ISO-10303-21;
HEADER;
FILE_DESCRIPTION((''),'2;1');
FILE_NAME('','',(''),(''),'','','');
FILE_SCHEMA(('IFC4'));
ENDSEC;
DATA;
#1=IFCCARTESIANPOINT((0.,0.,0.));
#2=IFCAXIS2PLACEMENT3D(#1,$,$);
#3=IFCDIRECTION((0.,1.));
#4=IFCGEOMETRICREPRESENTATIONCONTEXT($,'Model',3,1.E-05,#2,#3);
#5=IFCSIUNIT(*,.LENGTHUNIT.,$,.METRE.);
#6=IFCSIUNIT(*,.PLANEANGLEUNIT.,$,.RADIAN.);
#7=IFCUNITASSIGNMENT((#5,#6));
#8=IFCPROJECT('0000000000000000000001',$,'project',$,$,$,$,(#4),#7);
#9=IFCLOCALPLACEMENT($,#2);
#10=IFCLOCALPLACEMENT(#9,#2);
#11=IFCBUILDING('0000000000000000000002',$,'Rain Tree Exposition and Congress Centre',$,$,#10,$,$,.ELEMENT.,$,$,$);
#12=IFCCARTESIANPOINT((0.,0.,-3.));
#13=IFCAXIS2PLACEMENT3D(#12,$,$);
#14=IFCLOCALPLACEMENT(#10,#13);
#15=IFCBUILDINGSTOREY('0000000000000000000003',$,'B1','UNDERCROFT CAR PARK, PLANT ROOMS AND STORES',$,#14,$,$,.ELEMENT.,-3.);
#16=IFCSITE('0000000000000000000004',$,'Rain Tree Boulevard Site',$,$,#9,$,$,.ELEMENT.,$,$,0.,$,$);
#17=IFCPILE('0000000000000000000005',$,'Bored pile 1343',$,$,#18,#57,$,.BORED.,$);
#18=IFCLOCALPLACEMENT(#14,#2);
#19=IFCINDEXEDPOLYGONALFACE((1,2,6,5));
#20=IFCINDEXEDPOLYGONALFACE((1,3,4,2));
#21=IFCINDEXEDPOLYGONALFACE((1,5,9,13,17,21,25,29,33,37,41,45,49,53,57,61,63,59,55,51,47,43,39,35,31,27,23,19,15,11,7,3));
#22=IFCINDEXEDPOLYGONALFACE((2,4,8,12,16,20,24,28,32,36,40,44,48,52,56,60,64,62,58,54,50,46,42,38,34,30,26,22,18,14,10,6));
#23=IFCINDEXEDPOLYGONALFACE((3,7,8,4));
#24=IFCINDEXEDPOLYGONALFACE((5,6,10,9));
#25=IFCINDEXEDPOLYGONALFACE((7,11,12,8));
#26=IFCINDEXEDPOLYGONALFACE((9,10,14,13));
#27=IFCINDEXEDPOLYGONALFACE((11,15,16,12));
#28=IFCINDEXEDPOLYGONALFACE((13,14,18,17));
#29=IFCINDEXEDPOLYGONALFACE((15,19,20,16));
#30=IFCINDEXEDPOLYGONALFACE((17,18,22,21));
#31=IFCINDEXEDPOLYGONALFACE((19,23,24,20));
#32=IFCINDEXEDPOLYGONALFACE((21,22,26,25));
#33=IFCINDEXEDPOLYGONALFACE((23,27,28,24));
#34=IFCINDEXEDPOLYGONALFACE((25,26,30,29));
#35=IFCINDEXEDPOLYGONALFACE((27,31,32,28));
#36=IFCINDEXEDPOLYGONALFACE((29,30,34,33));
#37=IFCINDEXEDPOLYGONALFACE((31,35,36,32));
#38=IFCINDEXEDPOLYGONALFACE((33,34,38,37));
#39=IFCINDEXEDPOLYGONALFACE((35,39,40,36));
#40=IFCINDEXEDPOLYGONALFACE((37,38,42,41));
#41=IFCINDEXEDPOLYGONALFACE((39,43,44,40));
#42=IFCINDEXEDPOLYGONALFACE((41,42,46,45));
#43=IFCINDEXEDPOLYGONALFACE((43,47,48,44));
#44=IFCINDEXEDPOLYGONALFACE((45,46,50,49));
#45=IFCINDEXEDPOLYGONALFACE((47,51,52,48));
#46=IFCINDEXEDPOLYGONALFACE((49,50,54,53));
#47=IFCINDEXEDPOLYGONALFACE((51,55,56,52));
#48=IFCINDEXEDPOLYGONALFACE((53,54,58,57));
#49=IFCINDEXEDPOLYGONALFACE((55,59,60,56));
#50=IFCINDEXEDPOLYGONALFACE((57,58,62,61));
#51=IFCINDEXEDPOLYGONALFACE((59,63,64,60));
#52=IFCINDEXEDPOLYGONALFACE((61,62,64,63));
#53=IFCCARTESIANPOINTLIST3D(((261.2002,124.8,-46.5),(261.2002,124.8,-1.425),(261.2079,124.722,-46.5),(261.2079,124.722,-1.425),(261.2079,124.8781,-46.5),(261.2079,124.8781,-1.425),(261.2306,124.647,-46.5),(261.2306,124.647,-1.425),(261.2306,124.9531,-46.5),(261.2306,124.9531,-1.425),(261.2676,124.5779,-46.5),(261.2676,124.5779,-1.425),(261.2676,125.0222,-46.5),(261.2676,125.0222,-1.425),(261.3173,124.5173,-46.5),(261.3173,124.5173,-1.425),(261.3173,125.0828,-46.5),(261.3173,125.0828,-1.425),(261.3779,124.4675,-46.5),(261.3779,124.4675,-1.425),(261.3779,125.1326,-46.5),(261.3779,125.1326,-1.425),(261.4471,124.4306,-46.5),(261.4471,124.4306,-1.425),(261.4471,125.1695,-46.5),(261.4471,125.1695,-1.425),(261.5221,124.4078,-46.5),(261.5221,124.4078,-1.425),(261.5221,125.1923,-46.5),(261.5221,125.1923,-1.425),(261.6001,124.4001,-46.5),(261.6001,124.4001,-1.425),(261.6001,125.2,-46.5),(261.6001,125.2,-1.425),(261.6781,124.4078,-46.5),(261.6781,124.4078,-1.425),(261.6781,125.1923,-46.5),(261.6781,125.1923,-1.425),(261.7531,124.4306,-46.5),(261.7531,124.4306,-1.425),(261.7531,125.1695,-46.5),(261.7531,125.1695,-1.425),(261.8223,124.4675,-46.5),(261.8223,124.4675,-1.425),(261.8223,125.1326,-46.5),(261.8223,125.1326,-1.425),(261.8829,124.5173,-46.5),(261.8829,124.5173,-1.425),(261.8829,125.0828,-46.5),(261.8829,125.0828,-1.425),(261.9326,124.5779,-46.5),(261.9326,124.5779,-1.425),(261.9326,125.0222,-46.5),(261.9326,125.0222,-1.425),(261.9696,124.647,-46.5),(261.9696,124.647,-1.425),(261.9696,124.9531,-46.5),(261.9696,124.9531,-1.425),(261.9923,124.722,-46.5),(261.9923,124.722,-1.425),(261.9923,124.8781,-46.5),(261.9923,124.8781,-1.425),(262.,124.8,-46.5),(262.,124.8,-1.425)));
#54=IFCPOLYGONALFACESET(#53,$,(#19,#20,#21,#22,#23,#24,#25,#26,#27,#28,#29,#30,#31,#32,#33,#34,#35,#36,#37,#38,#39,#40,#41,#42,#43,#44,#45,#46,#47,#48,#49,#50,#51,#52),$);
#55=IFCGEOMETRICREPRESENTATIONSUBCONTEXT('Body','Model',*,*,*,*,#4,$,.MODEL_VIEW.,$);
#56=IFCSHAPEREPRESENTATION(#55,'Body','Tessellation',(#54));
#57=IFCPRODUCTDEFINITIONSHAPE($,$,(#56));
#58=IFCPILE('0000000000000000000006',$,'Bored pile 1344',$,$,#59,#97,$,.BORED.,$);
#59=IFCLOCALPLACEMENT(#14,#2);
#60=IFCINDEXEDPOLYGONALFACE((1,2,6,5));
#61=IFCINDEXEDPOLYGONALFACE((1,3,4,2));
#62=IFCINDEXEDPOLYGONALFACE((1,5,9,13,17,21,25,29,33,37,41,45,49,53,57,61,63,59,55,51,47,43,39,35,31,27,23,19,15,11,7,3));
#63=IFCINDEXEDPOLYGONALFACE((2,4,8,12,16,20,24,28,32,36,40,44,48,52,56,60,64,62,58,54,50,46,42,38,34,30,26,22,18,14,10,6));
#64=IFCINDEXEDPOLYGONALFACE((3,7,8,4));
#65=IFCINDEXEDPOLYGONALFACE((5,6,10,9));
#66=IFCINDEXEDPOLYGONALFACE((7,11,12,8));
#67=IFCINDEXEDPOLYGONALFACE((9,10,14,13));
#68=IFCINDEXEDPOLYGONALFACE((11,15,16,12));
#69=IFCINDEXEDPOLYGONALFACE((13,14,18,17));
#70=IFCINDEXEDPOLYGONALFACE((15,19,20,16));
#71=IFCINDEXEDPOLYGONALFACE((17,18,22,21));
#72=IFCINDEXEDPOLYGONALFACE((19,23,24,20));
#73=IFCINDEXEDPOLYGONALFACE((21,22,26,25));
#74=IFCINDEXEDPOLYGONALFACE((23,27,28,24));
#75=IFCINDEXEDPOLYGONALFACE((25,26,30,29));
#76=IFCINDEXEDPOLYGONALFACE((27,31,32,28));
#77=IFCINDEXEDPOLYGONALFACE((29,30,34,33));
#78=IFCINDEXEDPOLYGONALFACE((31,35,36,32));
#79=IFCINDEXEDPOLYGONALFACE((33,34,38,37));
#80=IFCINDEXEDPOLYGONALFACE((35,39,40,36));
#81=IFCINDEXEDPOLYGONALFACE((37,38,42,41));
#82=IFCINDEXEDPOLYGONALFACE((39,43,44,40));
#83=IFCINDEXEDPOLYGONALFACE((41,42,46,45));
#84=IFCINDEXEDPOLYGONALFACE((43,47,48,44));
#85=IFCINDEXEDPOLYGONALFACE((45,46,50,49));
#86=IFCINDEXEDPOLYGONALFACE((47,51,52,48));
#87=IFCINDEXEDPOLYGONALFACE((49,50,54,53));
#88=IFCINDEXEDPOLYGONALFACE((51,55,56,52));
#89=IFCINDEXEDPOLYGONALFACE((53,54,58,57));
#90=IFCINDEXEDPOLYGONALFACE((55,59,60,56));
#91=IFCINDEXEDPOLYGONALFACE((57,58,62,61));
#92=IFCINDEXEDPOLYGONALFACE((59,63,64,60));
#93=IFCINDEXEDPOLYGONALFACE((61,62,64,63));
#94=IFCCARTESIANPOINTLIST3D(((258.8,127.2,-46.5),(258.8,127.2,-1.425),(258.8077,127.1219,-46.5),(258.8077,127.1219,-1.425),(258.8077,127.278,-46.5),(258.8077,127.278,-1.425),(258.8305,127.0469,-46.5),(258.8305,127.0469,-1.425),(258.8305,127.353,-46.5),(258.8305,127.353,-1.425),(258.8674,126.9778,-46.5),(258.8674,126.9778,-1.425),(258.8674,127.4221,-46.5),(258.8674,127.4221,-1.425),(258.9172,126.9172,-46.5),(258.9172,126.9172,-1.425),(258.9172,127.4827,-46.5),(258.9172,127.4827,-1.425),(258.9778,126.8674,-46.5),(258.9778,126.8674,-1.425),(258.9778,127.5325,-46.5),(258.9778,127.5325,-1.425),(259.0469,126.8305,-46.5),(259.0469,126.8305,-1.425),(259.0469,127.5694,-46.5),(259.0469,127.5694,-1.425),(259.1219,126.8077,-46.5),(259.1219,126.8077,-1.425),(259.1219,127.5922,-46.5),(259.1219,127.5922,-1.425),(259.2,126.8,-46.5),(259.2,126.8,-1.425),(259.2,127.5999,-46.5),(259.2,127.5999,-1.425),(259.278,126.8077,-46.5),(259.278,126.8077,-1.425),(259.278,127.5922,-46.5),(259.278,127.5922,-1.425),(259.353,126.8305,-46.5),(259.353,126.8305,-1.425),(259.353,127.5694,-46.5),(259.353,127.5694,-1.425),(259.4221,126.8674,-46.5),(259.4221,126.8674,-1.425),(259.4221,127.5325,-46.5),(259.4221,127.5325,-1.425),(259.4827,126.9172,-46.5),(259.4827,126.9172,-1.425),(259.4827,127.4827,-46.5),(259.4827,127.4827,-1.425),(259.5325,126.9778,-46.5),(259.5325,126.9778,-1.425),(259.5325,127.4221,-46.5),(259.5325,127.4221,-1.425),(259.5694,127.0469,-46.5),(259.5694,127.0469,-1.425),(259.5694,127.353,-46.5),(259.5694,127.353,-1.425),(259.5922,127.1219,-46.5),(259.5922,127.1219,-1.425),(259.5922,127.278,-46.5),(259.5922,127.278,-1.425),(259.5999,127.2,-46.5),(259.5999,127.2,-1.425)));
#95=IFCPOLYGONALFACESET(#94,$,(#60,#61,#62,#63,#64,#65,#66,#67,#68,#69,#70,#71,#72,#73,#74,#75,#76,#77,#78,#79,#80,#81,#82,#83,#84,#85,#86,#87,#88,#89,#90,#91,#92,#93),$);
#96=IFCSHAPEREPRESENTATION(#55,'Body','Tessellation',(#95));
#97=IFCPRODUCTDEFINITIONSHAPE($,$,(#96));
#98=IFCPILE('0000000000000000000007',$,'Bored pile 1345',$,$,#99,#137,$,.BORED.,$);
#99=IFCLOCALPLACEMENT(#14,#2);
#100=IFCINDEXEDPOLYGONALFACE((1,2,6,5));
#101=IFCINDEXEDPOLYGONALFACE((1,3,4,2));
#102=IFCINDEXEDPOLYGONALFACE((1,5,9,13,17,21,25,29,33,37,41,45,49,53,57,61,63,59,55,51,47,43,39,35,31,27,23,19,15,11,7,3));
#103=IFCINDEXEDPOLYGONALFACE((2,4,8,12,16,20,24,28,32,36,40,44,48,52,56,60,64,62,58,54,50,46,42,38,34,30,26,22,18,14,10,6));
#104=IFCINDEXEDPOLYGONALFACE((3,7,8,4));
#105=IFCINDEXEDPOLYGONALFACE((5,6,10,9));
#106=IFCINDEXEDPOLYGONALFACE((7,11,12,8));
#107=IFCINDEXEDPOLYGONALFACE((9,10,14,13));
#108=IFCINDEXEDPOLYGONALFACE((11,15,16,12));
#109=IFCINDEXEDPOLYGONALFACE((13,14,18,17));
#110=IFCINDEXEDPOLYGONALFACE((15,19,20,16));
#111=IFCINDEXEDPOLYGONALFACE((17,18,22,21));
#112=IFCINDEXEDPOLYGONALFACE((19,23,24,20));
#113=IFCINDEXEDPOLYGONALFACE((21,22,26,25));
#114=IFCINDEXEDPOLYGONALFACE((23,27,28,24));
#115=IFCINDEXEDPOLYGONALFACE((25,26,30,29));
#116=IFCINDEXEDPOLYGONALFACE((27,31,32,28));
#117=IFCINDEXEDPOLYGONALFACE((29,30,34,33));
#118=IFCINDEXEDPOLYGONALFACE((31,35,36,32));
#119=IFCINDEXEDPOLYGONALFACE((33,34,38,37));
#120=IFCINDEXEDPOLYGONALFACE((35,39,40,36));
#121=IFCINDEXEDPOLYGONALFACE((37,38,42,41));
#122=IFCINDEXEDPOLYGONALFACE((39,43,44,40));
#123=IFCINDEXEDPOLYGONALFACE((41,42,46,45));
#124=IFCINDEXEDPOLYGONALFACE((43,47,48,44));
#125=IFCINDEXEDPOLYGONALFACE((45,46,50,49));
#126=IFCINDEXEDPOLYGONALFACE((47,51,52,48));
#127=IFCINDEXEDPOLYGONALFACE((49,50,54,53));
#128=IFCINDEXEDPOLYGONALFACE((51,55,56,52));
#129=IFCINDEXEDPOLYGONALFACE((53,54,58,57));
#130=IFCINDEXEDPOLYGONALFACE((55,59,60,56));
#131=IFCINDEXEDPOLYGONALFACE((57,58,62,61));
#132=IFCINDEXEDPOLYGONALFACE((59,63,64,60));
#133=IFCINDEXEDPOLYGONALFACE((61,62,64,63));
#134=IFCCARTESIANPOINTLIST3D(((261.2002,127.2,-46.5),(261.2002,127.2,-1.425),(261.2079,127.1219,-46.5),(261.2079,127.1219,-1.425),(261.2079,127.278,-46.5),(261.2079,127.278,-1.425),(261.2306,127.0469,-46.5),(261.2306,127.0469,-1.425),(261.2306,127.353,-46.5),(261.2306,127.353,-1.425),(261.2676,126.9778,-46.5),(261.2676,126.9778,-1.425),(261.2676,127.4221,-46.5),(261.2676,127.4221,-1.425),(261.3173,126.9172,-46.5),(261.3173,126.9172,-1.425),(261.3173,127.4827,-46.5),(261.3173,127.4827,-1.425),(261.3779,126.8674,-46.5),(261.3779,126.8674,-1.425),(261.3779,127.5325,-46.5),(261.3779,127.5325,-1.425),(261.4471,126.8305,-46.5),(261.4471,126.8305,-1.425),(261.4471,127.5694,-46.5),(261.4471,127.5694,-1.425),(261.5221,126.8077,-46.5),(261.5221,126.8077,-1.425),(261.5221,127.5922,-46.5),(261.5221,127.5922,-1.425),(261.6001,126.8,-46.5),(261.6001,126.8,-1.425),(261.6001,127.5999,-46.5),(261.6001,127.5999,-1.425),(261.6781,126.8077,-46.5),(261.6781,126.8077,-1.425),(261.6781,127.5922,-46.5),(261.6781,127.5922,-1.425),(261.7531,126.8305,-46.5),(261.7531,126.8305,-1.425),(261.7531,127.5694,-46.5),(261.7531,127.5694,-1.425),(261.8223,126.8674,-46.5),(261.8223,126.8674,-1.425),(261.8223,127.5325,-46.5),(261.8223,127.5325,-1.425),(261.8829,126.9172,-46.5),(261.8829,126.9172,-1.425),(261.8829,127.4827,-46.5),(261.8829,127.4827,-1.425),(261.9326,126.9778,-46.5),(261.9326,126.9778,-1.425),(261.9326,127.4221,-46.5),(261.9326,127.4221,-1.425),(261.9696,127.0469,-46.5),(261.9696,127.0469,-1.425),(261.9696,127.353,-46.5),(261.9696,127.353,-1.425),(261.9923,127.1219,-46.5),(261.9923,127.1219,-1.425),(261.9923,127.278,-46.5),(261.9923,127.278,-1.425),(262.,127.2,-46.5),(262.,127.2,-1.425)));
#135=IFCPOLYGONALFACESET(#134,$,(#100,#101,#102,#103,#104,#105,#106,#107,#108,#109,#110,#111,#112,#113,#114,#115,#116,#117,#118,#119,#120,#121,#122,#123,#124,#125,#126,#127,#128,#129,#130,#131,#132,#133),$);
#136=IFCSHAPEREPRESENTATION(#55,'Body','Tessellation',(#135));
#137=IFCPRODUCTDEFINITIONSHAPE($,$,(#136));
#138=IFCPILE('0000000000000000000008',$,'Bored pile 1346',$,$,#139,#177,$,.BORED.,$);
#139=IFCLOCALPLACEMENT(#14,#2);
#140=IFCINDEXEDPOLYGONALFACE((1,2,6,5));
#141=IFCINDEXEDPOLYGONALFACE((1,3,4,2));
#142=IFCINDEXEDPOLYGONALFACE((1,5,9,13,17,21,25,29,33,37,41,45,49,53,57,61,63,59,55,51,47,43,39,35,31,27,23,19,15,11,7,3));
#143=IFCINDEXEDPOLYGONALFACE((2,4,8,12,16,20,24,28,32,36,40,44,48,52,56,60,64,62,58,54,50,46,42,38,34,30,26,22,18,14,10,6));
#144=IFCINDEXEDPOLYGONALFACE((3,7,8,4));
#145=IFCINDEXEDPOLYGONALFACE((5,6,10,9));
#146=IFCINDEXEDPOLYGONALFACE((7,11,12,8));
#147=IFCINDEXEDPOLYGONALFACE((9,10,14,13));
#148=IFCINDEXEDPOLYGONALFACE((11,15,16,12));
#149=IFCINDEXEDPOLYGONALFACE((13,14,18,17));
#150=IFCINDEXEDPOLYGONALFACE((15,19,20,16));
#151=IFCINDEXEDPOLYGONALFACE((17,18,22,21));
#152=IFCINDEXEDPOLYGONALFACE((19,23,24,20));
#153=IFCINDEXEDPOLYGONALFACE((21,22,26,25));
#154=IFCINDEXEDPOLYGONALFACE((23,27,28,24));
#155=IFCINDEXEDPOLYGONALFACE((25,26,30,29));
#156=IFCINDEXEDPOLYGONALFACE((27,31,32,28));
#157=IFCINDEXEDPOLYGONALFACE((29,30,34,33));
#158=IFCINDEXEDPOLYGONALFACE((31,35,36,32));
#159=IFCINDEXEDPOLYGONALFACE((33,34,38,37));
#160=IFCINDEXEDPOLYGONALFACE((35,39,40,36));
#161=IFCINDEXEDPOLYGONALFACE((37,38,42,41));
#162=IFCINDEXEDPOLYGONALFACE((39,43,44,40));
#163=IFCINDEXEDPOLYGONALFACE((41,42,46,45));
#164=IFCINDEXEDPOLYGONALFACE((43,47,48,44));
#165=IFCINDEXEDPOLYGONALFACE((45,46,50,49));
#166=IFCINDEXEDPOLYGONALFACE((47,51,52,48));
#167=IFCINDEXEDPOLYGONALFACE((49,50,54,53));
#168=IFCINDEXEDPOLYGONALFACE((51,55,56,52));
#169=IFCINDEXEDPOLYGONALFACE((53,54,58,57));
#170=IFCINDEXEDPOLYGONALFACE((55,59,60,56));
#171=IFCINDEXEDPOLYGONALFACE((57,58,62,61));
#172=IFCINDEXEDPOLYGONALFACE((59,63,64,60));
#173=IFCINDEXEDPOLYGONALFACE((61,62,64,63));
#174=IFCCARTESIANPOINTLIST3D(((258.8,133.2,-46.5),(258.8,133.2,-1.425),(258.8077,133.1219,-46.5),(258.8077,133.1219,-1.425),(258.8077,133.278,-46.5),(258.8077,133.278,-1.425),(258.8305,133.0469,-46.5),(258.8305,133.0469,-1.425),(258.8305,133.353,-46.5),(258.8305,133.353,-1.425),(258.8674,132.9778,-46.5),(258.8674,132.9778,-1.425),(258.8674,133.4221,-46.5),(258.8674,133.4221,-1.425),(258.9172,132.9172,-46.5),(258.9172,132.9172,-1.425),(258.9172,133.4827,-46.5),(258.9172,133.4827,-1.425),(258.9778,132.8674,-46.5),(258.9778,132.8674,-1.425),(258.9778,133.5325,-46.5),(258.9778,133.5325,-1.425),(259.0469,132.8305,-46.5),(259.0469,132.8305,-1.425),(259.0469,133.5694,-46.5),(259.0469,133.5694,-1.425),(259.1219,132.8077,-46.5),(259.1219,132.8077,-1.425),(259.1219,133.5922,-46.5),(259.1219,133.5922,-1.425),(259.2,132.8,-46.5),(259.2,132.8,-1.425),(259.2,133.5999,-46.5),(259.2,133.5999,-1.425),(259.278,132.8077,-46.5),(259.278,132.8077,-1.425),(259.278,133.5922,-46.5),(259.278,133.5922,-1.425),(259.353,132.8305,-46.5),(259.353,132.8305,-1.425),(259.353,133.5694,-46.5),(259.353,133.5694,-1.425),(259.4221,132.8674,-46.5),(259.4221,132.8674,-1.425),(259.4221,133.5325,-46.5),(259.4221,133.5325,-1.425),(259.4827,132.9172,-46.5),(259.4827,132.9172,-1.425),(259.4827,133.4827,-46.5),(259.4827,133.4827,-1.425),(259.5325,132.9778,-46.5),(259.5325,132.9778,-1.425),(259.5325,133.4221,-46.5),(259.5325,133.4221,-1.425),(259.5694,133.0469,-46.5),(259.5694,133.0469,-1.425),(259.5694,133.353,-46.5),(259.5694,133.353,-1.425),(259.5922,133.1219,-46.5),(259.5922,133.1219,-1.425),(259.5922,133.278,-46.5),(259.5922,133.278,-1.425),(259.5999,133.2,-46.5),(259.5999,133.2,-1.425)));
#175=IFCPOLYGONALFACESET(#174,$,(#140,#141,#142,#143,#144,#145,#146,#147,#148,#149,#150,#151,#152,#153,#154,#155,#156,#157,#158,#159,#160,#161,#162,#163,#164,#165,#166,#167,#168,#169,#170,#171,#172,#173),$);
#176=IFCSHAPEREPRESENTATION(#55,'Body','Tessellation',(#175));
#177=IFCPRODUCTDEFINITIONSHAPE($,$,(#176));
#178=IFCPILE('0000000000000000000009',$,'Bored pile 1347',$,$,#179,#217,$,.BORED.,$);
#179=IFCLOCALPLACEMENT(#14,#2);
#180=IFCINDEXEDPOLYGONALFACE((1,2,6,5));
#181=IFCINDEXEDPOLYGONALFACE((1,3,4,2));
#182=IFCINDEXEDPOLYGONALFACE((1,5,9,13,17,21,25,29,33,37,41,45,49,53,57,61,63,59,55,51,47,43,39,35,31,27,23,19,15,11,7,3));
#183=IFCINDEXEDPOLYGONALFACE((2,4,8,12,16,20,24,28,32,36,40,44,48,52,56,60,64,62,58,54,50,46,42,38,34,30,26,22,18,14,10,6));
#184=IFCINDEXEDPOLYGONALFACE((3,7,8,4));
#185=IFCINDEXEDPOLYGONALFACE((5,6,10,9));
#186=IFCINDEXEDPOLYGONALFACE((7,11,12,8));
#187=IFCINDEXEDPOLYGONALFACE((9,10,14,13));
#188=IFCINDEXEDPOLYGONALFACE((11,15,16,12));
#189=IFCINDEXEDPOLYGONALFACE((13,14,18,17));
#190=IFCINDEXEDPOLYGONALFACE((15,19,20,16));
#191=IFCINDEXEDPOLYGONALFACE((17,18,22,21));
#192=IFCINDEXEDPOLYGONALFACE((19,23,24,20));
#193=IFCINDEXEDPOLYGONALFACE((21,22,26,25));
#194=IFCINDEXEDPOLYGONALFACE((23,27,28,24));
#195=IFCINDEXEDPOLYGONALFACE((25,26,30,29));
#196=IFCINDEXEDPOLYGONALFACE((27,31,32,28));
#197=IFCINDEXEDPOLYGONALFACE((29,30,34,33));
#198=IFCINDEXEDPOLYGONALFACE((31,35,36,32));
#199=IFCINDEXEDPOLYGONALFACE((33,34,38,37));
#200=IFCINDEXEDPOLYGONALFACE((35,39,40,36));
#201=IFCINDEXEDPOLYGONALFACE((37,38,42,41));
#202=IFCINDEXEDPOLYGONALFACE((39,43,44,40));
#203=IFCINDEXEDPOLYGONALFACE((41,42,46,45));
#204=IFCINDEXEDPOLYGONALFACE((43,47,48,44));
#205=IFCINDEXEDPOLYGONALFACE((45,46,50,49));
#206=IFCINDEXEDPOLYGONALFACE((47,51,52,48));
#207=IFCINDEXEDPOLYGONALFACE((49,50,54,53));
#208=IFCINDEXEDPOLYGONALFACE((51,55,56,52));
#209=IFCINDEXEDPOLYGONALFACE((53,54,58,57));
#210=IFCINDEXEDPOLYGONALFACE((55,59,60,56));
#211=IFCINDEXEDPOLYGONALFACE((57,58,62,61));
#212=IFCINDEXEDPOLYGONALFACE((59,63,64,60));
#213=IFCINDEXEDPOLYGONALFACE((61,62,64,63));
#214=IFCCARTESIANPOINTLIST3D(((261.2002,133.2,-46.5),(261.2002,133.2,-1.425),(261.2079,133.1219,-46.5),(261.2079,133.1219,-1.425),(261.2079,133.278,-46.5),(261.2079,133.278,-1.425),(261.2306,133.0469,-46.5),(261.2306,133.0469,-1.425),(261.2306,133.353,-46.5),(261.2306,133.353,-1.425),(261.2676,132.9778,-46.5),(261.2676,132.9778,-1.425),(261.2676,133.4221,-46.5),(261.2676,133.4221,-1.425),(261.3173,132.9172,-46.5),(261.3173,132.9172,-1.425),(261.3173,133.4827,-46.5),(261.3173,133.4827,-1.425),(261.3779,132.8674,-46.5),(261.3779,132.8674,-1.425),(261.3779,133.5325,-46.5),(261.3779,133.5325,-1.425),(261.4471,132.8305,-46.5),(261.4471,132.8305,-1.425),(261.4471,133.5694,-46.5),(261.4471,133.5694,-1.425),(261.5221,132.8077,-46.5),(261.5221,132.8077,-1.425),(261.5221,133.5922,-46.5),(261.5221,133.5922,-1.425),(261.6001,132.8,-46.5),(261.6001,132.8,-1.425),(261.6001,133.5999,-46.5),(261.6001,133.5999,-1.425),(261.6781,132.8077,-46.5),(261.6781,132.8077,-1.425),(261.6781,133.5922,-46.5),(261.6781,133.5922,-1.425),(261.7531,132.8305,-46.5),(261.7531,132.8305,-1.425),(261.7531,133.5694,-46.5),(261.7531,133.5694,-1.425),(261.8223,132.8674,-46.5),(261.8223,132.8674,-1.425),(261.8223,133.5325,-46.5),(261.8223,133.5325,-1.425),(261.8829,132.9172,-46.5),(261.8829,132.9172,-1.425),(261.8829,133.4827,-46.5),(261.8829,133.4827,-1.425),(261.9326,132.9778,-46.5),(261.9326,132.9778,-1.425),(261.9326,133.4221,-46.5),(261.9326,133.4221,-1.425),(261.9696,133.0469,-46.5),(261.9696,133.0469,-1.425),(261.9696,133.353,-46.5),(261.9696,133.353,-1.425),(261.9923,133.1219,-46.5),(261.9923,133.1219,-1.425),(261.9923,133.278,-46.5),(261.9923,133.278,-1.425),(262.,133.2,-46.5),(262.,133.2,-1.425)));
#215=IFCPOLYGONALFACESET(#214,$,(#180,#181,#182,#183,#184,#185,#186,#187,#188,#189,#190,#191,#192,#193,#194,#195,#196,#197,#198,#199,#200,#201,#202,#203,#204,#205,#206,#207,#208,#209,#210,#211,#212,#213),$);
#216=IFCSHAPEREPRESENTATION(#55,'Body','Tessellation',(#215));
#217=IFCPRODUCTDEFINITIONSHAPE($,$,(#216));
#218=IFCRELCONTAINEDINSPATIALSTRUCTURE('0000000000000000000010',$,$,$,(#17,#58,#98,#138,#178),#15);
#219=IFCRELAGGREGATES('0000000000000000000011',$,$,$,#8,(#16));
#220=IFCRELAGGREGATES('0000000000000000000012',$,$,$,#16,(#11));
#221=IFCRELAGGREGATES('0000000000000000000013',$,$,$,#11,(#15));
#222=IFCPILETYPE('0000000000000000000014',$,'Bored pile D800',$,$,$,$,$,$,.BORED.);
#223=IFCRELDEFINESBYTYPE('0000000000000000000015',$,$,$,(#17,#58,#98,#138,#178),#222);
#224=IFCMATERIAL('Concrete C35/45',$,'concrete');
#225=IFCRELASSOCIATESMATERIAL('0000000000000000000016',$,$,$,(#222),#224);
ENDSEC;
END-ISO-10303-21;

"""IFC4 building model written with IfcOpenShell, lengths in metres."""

from ifc_helpers import new_model, si_unit, direction, frame, origin, origin_2d, place, context, subcontext, project, spatial, circle, extrude, material, material_profile, profile_set, type_object, element, save


model = new_model("IFC4")

# Units and contexts
model_context = context("Model", 3, precision=1e-05, world=origin(), true_north=direction((0.0, 1.0)))
body_context = subcontext(model_context, "Body", "Model", "MODEL_VIEW")
ifc_project = project(units=[si_unit("LENGTHUNIT", "METRE"), si_unit("PLANEANGLEUNIT", "RADIAN")], contexts=[model_context])

# Site, building, storey
site_placement = place(None, origin())
site = spatial("IfcSite", under=ifc_project, at=site_placement, Name="Rain Tree Boulevard Site", CompositionType="ELEMENT", RefElevation=0.0)
building_placement = place(site_placement, origin())
building = spatial("IfcBuilding", under=site, at=building_placement, Name="Rain Tree Exposition and Congress Centre", CompositionType="ELEMENT")
storey_placement = place(building_placement, frame((0.0, 0.0, -3.0)))
storey = spatial("IfcBuildingStorey", under=building, at=storey_placement, Name="B1", Description="UNDERCROFT CAR PARK, PLANT ROOMS AND STORES", CompositionType="ELEMENT", Elevation=-3.0)

# Piles
ifc_material_1 = material(Name="Concrete C35/45", Category="concrete")
ifc_material_profile_1 = material_profile(ifc_material_1, circle(Radius=0.3999, at=origin_2d()), Name="D800")
ifc_profile_set_1 = profile_set([ifc_material_profile_1], Name="Concrete C35/45")
pile_type_1 = type_object("IfcPileType", Name="Bored pile D800", PredefinedType="BORED", material=ifc_profile_set_1)
for number, where, z_axis, x_axis, name in (
    (1, (261.6001, 124.8, -1.425), (0.0, 0.0, -1.0), (1.0, 0.0, 0.0), "Bored pile 1343"),
    (2, (259.2, 127.2, -1.425), (0.0, 0.0, -1.0), (1.0, 0.0, 0.0), "Bored pile 1344"),
    (3, (261.6001, 127.2, -1.425), (0.0, 0.0, -1.0), (1.0, 0.0, 0.0), "Bored pile 1345"),
    (4, (259.2, 133.2, -1.425), (0.0, 0.0, -1.0), (1.0, 0.0, 0.0), "Bored pile 1346"),
    (5, (261.6001, 133.2, -1.425), (0.0, 0.0, -1.0), (1.0, 0.0, 0.0), "Bored pile 1347"),
):
    element("IfcPile", number, at=place(storey_placement, frame(where, z_axis=z_axis, x_axis=x_axis)), inside=storey, type_object=pile_type_1, Name=name, PredefinedType="BORED", context=body_context, shape_type="SweptSolid", body=[
        extrude(circle(Radius=0.3999, at=origin_2d()), origin(), (0.0, 0.0, 1.0), 45.075),
    ])

save(model, "model.ifc")
